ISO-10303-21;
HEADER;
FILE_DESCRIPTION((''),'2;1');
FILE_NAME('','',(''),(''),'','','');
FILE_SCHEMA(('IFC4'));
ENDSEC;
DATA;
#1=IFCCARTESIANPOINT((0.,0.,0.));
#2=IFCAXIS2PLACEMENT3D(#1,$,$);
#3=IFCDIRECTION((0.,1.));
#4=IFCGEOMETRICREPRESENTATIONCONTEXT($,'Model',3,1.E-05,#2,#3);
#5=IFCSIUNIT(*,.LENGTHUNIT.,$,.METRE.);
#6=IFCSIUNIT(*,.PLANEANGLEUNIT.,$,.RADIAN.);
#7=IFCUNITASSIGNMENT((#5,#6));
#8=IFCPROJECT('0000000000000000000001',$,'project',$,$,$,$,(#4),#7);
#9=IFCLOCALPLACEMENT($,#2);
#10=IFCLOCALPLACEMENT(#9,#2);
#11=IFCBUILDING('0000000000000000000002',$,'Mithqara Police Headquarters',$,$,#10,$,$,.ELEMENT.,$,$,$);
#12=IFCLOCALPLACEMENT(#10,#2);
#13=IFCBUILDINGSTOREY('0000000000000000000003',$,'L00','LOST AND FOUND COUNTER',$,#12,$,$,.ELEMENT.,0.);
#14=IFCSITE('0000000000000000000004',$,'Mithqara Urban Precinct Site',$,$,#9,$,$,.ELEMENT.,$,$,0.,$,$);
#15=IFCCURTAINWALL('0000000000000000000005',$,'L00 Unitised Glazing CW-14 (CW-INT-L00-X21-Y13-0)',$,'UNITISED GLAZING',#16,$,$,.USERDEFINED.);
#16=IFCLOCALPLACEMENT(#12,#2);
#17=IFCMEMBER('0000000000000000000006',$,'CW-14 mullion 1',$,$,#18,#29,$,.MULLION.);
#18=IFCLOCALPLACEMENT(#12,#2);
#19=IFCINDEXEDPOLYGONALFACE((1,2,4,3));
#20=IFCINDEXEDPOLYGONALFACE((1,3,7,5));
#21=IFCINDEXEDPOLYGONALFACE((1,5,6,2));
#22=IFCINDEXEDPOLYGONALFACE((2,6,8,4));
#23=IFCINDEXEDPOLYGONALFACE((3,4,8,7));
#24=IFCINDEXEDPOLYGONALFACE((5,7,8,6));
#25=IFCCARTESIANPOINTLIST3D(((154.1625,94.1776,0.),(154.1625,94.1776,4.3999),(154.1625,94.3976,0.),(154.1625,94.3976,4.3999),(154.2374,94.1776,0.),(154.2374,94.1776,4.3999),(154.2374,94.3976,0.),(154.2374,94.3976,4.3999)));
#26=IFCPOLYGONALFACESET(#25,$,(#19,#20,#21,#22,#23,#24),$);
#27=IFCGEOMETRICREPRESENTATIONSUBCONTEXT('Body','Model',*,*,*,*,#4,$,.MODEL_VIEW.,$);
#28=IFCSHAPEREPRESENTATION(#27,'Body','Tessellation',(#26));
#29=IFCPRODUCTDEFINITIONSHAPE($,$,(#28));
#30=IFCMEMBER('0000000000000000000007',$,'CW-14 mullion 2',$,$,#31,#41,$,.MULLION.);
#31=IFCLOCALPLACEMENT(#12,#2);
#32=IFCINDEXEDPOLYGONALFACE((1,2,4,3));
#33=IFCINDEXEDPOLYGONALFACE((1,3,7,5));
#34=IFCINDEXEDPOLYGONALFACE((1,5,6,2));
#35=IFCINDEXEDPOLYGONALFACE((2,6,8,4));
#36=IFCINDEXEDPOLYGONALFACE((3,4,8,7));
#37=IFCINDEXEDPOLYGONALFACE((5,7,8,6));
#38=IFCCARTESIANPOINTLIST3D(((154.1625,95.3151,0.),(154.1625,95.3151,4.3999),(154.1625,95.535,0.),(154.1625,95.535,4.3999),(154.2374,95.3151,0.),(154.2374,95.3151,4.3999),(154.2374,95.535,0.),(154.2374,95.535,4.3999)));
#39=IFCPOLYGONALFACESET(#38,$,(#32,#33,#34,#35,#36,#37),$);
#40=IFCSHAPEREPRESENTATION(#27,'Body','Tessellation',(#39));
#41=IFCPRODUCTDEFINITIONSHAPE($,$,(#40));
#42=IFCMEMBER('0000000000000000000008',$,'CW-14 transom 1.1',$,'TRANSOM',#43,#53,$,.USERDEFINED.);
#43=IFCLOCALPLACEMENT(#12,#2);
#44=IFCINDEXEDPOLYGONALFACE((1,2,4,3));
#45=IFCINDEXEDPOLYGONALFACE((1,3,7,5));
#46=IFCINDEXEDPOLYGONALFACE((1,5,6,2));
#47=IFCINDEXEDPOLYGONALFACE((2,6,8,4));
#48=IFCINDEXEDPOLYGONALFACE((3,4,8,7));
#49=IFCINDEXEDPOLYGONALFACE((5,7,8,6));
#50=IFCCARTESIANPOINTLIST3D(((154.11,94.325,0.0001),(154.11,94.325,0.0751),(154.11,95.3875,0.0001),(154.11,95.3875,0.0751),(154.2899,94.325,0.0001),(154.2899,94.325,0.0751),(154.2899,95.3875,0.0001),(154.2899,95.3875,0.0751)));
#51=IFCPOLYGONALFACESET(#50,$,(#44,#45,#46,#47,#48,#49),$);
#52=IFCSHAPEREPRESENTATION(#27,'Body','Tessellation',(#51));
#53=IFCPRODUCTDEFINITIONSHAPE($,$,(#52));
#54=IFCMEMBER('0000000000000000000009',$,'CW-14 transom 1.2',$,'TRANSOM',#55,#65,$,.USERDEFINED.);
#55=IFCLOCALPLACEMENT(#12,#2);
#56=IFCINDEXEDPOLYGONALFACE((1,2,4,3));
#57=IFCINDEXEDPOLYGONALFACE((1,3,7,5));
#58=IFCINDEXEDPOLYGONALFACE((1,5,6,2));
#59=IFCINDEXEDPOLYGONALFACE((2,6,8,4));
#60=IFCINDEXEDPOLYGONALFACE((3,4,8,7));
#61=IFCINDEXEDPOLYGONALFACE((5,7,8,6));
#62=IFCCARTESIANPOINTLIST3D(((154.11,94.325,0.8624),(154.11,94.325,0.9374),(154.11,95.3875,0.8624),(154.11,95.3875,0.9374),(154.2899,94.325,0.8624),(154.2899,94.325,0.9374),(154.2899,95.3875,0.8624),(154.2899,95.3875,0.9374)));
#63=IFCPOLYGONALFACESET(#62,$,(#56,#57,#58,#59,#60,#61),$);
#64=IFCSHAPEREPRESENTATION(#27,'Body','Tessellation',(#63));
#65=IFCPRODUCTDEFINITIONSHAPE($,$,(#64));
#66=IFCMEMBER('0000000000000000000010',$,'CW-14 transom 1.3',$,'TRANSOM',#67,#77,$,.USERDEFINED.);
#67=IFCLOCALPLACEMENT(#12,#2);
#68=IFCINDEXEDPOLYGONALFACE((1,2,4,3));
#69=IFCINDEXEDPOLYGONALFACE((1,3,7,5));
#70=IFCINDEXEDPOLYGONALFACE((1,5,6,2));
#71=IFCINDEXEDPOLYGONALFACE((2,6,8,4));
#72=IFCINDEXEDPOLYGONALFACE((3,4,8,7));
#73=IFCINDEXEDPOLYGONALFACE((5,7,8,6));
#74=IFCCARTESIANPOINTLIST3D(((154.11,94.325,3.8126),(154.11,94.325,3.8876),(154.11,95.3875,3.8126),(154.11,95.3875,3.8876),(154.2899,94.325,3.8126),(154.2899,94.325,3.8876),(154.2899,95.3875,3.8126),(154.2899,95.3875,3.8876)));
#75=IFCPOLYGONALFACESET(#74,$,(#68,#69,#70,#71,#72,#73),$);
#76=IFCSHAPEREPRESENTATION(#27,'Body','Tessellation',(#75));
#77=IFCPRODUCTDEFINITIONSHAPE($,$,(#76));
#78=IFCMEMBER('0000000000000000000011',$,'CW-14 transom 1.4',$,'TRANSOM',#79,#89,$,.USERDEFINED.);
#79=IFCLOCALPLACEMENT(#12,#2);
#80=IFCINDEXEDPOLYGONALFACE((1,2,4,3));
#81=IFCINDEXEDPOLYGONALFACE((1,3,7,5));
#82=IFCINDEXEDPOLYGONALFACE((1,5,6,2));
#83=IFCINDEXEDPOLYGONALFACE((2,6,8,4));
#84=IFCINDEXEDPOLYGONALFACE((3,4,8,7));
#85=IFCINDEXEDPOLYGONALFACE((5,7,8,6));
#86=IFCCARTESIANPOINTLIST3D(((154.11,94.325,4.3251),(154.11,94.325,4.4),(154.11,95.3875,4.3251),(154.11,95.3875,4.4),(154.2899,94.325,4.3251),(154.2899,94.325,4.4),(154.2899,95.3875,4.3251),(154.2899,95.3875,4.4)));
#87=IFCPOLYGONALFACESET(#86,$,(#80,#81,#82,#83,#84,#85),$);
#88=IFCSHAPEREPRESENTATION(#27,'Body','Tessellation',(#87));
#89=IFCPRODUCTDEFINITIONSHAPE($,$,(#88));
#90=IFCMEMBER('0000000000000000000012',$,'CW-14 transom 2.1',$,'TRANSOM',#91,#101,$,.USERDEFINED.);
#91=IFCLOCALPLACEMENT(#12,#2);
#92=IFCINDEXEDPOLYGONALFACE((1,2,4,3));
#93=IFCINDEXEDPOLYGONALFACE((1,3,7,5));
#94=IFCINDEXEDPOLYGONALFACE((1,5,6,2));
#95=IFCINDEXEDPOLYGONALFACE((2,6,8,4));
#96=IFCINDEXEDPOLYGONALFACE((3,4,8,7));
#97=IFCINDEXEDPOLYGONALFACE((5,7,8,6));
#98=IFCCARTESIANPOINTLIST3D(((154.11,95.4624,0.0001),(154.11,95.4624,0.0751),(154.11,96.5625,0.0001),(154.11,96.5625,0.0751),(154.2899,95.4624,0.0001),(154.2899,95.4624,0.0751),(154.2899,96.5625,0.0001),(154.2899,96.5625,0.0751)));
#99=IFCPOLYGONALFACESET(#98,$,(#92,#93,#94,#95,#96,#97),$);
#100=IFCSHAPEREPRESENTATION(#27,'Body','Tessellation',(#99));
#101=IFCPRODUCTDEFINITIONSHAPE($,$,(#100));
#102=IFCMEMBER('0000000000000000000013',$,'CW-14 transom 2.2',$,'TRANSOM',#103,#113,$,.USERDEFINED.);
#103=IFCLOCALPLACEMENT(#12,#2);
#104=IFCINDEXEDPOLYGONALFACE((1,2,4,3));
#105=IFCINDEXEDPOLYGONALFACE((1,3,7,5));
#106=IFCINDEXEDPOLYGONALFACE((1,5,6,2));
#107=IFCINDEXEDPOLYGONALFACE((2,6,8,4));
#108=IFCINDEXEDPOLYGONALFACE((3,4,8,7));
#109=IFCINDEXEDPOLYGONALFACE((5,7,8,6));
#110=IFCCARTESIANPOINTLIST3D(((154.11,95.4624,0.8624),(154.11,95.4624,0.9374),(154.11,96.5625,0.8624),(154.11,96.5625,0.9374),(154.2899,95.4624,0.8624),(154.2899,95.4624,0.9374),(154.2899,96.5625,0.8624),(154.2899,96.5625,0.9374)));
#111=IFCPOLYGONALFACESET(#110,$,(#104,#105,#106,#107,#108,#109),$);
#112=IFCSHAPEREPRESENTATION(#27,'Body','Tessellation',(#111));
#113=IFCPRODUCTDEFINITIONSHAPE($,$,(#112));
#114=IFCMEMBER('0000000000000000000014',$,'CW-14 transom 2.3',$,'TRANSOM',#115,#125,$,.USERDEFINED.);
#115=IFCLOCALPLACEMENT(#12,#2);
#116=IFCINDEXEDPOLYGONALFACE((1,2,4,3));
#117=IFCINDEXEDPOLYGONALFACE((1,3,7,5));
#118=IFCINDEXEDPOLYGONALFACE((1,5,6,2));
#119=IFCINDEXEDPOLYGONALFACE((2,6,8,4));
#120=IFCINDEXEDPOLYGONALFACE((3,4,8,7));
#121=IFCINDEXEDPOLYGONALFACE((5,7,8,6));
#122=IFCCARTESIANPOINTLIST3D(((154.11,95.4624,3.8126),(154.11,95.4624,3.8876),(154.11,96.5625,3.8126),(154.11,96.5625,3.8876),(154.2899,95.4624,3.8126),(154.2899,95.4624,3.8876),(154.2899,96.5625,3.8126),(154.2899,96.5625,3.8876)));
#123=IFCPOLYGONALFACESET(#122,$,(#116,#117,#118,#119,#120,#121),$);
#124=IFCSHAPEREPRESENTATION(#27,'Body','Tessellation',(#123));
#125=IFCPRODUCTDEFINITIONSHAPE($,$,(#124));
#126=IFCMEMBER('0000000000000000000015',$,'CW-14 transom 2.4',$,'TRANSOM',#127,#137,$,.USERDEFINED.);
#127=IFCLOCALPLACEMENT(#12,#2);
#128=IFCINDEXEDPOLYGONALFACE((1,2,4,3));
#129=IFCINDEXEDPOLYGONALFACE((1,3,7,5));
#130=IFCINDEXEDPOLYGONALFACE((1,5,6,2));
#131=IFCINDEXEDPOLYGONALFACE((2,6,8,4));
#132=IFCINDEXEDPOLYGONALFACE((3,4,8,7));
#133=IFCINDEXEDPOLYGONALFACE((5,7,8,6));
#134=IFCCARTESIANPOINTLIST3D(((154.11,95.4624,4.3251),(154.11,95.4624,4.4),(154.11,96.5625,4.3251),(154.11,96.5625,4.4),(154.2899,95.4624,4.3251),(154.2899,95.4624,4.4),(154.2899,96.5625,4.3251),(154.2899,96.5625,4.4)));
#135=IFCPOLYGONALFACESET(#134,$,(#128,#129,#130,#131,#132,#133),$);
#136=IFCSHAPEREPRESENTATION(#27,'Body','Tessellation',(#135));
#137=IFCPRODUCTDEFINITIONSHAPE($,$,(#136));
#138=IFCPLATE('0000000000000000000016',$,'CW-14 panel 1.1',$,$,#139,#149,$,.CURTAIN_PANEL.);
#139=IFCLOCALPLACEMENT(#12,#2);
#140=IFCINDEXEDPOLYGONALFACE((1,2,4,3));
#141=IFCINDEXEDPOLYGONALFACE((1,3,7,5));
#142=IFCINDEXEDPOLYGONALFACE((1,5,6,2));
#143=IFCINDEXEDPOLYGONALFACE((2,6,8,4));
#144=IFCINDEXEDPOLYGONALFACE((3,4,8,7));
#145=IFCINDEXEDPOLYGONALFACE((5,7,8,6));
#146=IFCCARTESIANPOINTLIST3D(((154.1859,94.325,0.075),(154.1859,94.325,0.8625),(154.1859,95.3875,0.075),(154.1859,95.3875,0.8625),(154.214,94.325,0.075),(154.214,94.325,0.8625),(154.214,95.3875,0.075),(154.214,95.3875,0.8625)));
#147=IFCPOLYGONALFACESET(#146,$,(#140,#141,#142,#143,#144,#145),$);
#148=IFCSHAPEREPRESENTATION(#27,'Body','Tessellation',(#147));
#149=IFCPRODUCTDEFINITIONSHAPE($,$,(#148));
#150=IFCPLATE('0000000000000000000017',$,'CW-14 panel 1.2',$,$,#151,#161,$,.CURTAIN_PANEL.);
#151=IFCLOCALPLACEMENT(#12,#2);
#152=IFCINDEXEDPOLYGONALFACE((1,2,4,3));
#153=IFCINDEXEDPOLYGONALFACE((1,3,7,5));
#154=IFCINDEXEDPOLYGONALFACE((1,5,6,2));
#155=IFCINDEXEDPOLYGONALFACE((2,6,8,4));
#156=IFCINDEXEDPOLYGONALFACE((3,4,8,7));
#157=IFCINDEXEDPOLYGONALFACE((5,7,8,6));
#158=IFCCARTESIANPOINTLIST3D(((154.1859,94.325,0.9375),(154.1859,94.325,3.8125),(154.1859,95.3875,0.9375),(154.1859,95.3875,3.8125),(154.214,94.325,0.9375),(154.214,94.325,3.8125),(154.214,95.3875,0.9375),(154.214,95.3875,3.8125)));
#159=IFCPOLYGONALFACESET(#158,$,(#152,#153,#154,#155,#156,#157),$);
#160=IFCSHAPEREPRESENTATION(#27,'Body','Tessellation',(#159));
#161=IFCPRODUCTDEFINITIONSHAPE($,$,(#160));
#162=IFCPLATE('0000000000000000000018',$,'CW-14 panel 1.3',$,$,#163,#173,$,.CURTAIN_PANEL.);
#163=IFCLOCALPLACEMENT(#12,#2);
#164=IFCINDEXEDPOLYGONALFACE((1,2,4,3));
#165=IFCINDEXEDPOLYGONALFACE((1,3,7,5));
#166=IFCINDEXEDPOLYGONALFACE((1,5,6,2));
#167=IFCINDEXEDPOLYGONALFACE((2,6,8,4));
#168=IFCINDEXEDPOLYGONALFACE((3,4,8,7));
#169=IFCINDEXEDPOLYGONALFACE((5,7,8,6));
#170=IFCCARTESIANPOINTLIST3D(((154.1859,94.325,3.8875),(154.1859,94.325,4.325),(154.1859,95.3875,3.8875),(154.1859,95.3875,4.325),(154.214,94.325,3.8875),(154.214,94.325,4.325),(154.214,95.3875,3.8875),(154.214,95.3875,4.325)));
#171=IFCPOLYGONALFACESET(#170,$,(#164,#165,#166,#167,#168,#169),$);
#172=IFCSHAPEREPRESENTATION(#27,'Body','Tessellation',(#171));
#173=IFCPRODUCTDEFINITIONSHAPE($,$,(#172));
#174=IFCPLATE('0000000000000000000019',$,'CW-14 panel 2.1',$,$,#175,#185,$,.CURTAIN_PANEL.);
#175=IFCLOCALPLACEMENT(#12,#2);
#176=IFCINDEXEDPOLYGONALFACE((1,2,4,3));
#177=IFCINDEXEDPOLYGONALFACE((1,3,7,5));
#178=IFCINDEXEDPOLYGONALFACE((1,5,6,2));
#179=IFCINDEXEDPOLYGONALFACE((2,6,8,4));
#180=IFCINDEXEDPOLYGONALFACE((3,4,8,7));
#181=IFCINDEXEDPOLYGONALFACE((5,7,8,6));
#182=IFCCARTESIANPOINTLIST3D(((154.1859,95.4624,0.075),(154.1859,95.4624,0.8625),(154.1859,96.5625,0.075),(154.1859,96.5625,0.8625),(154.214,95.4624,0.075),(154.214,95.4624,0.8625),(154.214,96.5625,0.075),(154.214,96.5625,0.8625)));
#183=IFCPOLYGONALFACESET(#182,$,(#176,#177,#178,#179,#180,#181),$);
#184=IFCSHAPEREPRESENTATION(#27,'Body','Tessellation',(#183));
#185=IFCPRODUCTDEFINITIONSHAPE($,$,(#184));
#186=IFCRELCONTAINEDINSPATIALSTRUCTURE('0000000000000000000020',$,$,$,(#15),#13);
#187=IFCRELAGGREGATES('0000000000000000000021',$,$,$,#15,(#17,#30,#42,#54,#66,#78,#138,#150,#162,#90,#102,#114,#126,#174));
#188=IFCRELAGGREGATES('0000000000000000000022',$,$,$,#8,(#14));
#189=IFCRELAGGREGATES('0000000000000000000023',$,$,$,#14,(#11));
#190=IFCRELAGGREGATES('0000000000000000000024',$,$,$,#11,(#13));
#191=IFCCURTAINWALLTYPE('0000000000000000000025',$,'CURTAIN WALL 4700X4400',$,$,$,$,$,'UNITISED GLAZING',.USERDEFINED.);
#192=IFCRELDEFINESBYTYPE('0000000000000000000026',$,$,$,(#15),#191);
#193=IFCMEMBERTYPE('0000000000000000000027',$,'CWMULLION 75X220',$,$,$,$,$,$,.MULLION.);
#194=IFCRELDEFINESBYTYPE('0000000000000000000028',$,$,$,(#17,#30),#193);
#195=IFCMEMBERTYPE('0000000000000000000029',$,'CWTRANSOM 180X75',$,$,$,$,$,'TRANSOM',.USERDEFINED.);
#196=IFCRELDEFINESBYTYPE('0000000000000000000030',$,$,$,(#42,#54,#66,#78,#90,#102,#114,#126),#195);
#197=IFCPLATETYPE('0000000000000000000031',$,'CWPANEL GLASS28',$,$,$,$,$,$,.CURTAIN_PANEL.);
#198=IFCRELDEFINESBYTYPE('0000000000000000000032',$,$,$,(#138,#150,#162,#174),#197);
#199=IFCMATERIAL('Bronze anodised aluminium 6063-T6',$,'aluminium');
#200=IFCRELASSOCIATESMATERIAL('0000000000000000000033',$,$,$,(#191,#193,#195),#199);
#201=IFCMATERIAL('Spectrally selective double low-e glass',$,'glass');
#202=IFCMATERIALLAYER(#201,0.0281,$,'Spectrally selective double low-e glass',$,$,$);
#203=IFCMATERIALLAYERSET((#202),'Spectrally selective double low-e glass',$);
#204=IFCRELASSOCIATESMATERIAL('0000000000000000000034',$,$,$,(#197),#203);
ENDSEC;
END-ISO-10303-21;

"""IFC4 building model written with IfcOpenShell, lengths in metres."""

from ifc_helpers import new_model, si_unit, direction, frame, origin, origin_2d, place, context, subcontext, project, spatial, rectangle, extrude, material, layer, layer_set, material_profile, profile_set, type_object, element, aggregate, save


model = new_model("IFC4")

# Units and contexts
model_context = context("Model", 3, precision=1e-05, world=origin(), true_north=direction((0.0, 1.0)))
body_context = subcontext(model_context, "Body", "Model", "MODEL_VIEW")
ifc_project = project(units=[si_unit("LENGTHUNIT", "METRE"), si_unit("PLANEANGLEUNIT", "RADIAN")], contexts=[model_context])

# Site, building, storey
site_placement = place(None, origin())
site = spatial("IfcSite", under=ifc_project, at=site_placement, Name="Mithqara Urban Precinct Site", CompositionType="ELEMENT", RefElevation=0.0)
building_placement = place(site_placement, origin())
building = spatial("IfcBuilding", under=site, at=building_placement, Name="Mithqara Police Headquarters", CompositionType="ELEMENT")
storey_placement = place(building_placement, origin())
storey = spatial("IfcBuildingStorey", under=building, at=storey_placement, Name="L00", Description="LOST AND FOUND COUNTER", CompositionType="ELEMENT", Elevation=0.0)

# Curtain wall, members, plates
ifc_material_1 = material(Name="Bronze anodised aluminium 6063-T6", Category="aluminium")
curtain_wall_type = type_object("IfcCurtainWallType", Name="CURTAIN WALL 4700X4400", ElementType="UNITISED GLAZING", PredefinedType="USERDEFINED", material=ifc_material_1)
curtain_wall_placement = place(storey_placement, origin())
curtain_wall = element("IfcCurtainWall", 1, at=curtain_wall_placement, inside=storey, type_object=curtain_wall_type, Name="L00 Unitised Glazing CW-14 (CW-INT-L00-X21-Y13-0)", ObjectType="UNITISED GLAZING", PredefinedType="USERDEFINED")
ifc_material_profile_1 = material_profile(ifc_material_1, rectangle(XDim=0.075, YDim=0.22, at=origin_2d()), Name="CWM 75x220")
ifc_profile_set_1 = profile_set([ifc_material_profile_1], Name="Bronze anodised aluminium 6063-T6")
member_type_1 = type_object("IfcMemberType", Name="CWMULLION 75X220", PredefinedType="MULLION", material=ifc_profile_set_1)
member_1_placement = place(storey_placement, frame((154.2, 94.2876, 0.0), z_axis=(0.0, 0.0, 1.0), x_axis=(-1.0, 0.0, 0.0)))
member_1 = element("IfcMember", 2, at=member_1_placement, type_object=member_type_1, Name="CW-14 mullion 1", PredefinedType="MULLION", context=body_context, shape_type="SweptSolid", body=[
    extrude(rectangle(XDim=0.075, YDim=0.22, at=origin_2d()), origin(), (0.0, 0.0, 1.0), 4.3999),
])
member_2_placement = place(storey_placement, frame((154.2, 95.425, 0.0), z_axis=(0.0, 0.0, 1.0), x_axis=(-1.0, 0.0, 0.0)))
member_2 = element("IfcMember", 3, at=member_2_placement, type_object=member_type_1, Name="CW-14 mullion 2", PredefinedType="MULLION", context=body_context, shape_type="SweptSolid", body=[
    extrude(rectangle(XDim=0.075, YDim=0.22, at=origin_2d()), origin(), (0.0, 0.0, 1.0), 4.3999),
])
ifc_material_profile_2 = material_profile(ifc_material_1, rectangle(XDim=0.1799, YDim=0.075, at=origin_2d()), Name="CWT 180x75")
ifc_profile_set_2 = profile_set([ifc_material_profile_2], Name="Bronze anodised aluminium 6063-T6")
member_type_2 = type_object("IfcMemberType", Name="CWTRANSOM 180X75", ElementType="TRANSOM", PredefinedType="USERDEFINED", material=ifc_profile_set_2)
member_3_placement = place(storey_placement, frame((154.2, 94.325, 0.0376), z_axis=(0.0, 1.0, 0.0), x_axis=(-1.0, 0.0, 0.0)))
member_3 = element("IfcMember", 4, at=member_3_placement, type_object=member_type_2, Name="CW-14 transom 1.1", ObjectType="TRANSOM", PredefinedType="USERDEFINED", context=body_context, shape_type="SweptSolid", body=[
    extrude(rectangle(XDim=0.1799, YDim=0.075, at=origin_2d()), origin(), (0.0, 0.0, 1.0), 1.0625),
])
member_4_placement = place(storey_placement, frame((154.2, 94.325, 0.8999), z_axis=(0.0, 1.0, 0.0), x_axis=(-1.0, 0.0, 0.0)))
member_4 = element("IfcMember", 5, at=member_4_placement, type_object=member_type_2, Name="CW-14 transom 1.2", ObjectType="TRANSOM", PredefinedType="USERDEFINED", context=body_context, shape_type="SweptSolid", body=[
    extrude(rectangle(XDim=0.1799, YDim=0.075, at=origin_2d()), origin(), (0.0, 0.0, 1.0), 1.0625),
])
member_5_placement = place(storey_placement, frame((154.2, 94.325, 3.8501), z_axis=(0.0, 1.0, 0.0), x_axis=(-1.0, 0.0, 0.0)))
member_5 = element("IfcMember", 6, at=member_5_placement, type_object=member_type_2, Name="CW-14 transom 1.3", ObjectType="TRANSOM", PredefinedType="USERDEFINED", context=body_context, shape_type="SweptSolid", body=[
    extrude(rectangle(XDim=0.1799, YDim=0.075, at=origin_2d()), origin(), (0.0, 0.0, 1.0), 1.0625),
])
member_6_placement = place(storey_placement, frame((154.2, 94.325, 4.3625), z_axis=(0.0, 1.0, 0.0), x_axis=(-1.0, 0.0, 0.0)))
member_6 = element("IfcMember", 7, at=member_6_placement, type_object=member_type_2, Name="CW-14 transom 1.4", ObjectType="TRANSOM", PredefinedType="USERDEFINED", context=body_context, shape_type="SweptSolid", body=[
    extrude(rectangle(XDim=0.1799, YDim=0.075, at=origin_2d()), origin(), (0.0, 0.0, 1.0), 1.0625),
])
member_7_placement = place(storey_placement, frame((154.2, 95.4624, 0.0376), z_axis=(0.0, 1.0, 0.0), x_axis=(-1.0, 0.0, 0.0)))
member_7 = element("IfcMember", 8, at=member_7_placement, type_object=member_type_2, Name="CW-14 transom 2.1", ObjectType="TRANSOM", PredefinedType="USERDEFINED", context=body_context, shape_type="SweptSolid", body=[
    extrude(rectangle(XDim=0.1799, YDim=0.075, at=origin_2d()), origin(), (0.0, 0.0, 1.0), 1.1001),
])
member_8_placement = place(storey_placement, frame((154.2, 95.4624, 0.8999), z_axis=(0.0, 1.0, 0.0), x_axis=(-1.0, 0.0, 0.0)))
member_8 = element("IfcMember", 9, at=member_8_placement, type_object=member_type_2, Name="CW-14 transom 2.2", ObjectType="TRANSOM", PredefinedType="USERDEFINED", context=body_context, shape_type="SweptSolid", body=[
    extrude(rectangle(XDim=0.1799, YDim=0.075, at=origin_2d()), origin(), (0.0, 0.0, 1.0), 1.1001),
])
member_9_placement = place(storey_placement, frame((154.2, 95.4624, 3.8501), z_axis=(0.0, 1.0, 0.0), x_axis=(-1.0, 0.0, 0.0)))
member_9 = element("IfcMember", 10, at=member_9_placement, type_object=member_type_2, Name="CW-14 transom 2.3", ObjectType="TRANSOM", PredefinedType="USERDEFINED", context=body_context, shape_type="SweptSolid", body=[
    extrude(rectangle(XDim=0.1799, YDim=0.075, at=origin_2d()), origin(), (0.0, 0.0, 1.0), 1.1001),
])
member_10_placement = place(storey_placement, frame((154.2, 95.4624, 4.3625), z_axis=(0.0, 1.0, 0.0), x_axis=(-1.0, 0.0, 0.0)))
member_10 = element("IfcMember", 11, at=member_10_placement, type_object=member_type_2, Name="CW-14 transom 2.4", ObjectType="TRANSOM", PredefinedType="USERDEFINED", context=body_context, shape_type="SweptSolid", body=[
    extrude(rectangle(XDim=0.1799, YDim=0.075, at=origin_2d()), origin(), (0.0, 0.0, 1.0), 1.1001),
])
ifc_material_2 = material(Name="Spectrally selective double low-e glass", Category="glass")
ifc_layer_1 = layer(ifc_material_2, 0.0281, Name="Spectrally selective double low-e glass")
ifc_layer_set_1 = layer_set([ifc_layer_1], Name="Spectrally selective double low-e glass")
plate_type = type_object("IfcPlateType", Name="CWPANEL GLASS28", PredefinedType="CURTAIN_PANEL", material=ifc_layer_set_1)
plate_1_placement = place(storey_placement, frame((154.2, 94.8562, 0.075), z_axis=(0.0, 0.0, 1.0), x_axis=(0.0, 1.0, 0.0)))
plate_1 = element("IfcPlate", 12, at=plate_1_placement, type_object=plate_type, Name="CW-14 panel 1.1", PredefinedType="CURTAIN_PANEL", context=body_context, shape_type="SweptSolid", body=[
    extrude(rectangle(XDim=1.0625, YDim=0.0281, at=origin_2d()), origin(), (0.0, 0.0, 1.0), 0.7876),
])
plate_2_placement = place(storey_placement, frame((154.2, 94.8562, 0.9375), z_axis=(0.0, 0.0, 1.0), x_axis=(0.0, 1.0, 0.0)))
plate_2 = element("IfcPlate", 13, at=plate_2_placement, type_object=plate_type, Name="CW-14 panel 1.2", PredefinedType="CURTAIN_PANEL", context=body_context, shape_type="SweptSolid", body=[
    extrude(rectangle(XDim=1.0625, YDim=0.0281, at=origin_2d()), origin(), (0.0, 0.0, 1.0), 2.875),
])
plate_3_placement = place(storey_placement, frame((154.2, 94.8562, 3.8875), z_axis=(0.0, 0.0, 1.0), x_axis=(0.0, 1.0, 0.0)))
plate_3 = element("IfcPlate", 14, at=plate_3_placement, type_object=plate_type, Name="CW-14 panel 1.3", PredefinedType="CURTAIN_PANEL", context=body_context, shape_type="SweptSolid", body=[
    extrude(rectangle(XDim=1.0625, YDim=0.0281, at=origin_2d()), origin(), (0.0, 0.0, 1.0), 0.4375),
])
plate_4_placement = place(storey_placement, frame((154.2, 96.0125, 0.075), z_axis=(0.0, 0.0, 1.0), x_axis=(0.0, 1.0, 0.0)))
plate_4 = element("IfcPlate", 15, at=plate_4_placement, type_object=plate_type, Name="CW-14 panel 2.1", PredefinedType="CURTAIN_PANEL", context=body_context, shape_type="SweptSolid", body=[
    extrude(rectangle(XDim=1.1001, YDim=0.0281, at=origin_2d()), origin(), (0.0, 0.0, 1.0), 0.7876),
])
aggregate(curtain_wall, [member_1, member_2, member_3, member_4, member_5, member_6, plate_1, plate_2, plate_3, member_7, member_8, member_9, member_10, plate_4])

save(model, "model.ifc")
